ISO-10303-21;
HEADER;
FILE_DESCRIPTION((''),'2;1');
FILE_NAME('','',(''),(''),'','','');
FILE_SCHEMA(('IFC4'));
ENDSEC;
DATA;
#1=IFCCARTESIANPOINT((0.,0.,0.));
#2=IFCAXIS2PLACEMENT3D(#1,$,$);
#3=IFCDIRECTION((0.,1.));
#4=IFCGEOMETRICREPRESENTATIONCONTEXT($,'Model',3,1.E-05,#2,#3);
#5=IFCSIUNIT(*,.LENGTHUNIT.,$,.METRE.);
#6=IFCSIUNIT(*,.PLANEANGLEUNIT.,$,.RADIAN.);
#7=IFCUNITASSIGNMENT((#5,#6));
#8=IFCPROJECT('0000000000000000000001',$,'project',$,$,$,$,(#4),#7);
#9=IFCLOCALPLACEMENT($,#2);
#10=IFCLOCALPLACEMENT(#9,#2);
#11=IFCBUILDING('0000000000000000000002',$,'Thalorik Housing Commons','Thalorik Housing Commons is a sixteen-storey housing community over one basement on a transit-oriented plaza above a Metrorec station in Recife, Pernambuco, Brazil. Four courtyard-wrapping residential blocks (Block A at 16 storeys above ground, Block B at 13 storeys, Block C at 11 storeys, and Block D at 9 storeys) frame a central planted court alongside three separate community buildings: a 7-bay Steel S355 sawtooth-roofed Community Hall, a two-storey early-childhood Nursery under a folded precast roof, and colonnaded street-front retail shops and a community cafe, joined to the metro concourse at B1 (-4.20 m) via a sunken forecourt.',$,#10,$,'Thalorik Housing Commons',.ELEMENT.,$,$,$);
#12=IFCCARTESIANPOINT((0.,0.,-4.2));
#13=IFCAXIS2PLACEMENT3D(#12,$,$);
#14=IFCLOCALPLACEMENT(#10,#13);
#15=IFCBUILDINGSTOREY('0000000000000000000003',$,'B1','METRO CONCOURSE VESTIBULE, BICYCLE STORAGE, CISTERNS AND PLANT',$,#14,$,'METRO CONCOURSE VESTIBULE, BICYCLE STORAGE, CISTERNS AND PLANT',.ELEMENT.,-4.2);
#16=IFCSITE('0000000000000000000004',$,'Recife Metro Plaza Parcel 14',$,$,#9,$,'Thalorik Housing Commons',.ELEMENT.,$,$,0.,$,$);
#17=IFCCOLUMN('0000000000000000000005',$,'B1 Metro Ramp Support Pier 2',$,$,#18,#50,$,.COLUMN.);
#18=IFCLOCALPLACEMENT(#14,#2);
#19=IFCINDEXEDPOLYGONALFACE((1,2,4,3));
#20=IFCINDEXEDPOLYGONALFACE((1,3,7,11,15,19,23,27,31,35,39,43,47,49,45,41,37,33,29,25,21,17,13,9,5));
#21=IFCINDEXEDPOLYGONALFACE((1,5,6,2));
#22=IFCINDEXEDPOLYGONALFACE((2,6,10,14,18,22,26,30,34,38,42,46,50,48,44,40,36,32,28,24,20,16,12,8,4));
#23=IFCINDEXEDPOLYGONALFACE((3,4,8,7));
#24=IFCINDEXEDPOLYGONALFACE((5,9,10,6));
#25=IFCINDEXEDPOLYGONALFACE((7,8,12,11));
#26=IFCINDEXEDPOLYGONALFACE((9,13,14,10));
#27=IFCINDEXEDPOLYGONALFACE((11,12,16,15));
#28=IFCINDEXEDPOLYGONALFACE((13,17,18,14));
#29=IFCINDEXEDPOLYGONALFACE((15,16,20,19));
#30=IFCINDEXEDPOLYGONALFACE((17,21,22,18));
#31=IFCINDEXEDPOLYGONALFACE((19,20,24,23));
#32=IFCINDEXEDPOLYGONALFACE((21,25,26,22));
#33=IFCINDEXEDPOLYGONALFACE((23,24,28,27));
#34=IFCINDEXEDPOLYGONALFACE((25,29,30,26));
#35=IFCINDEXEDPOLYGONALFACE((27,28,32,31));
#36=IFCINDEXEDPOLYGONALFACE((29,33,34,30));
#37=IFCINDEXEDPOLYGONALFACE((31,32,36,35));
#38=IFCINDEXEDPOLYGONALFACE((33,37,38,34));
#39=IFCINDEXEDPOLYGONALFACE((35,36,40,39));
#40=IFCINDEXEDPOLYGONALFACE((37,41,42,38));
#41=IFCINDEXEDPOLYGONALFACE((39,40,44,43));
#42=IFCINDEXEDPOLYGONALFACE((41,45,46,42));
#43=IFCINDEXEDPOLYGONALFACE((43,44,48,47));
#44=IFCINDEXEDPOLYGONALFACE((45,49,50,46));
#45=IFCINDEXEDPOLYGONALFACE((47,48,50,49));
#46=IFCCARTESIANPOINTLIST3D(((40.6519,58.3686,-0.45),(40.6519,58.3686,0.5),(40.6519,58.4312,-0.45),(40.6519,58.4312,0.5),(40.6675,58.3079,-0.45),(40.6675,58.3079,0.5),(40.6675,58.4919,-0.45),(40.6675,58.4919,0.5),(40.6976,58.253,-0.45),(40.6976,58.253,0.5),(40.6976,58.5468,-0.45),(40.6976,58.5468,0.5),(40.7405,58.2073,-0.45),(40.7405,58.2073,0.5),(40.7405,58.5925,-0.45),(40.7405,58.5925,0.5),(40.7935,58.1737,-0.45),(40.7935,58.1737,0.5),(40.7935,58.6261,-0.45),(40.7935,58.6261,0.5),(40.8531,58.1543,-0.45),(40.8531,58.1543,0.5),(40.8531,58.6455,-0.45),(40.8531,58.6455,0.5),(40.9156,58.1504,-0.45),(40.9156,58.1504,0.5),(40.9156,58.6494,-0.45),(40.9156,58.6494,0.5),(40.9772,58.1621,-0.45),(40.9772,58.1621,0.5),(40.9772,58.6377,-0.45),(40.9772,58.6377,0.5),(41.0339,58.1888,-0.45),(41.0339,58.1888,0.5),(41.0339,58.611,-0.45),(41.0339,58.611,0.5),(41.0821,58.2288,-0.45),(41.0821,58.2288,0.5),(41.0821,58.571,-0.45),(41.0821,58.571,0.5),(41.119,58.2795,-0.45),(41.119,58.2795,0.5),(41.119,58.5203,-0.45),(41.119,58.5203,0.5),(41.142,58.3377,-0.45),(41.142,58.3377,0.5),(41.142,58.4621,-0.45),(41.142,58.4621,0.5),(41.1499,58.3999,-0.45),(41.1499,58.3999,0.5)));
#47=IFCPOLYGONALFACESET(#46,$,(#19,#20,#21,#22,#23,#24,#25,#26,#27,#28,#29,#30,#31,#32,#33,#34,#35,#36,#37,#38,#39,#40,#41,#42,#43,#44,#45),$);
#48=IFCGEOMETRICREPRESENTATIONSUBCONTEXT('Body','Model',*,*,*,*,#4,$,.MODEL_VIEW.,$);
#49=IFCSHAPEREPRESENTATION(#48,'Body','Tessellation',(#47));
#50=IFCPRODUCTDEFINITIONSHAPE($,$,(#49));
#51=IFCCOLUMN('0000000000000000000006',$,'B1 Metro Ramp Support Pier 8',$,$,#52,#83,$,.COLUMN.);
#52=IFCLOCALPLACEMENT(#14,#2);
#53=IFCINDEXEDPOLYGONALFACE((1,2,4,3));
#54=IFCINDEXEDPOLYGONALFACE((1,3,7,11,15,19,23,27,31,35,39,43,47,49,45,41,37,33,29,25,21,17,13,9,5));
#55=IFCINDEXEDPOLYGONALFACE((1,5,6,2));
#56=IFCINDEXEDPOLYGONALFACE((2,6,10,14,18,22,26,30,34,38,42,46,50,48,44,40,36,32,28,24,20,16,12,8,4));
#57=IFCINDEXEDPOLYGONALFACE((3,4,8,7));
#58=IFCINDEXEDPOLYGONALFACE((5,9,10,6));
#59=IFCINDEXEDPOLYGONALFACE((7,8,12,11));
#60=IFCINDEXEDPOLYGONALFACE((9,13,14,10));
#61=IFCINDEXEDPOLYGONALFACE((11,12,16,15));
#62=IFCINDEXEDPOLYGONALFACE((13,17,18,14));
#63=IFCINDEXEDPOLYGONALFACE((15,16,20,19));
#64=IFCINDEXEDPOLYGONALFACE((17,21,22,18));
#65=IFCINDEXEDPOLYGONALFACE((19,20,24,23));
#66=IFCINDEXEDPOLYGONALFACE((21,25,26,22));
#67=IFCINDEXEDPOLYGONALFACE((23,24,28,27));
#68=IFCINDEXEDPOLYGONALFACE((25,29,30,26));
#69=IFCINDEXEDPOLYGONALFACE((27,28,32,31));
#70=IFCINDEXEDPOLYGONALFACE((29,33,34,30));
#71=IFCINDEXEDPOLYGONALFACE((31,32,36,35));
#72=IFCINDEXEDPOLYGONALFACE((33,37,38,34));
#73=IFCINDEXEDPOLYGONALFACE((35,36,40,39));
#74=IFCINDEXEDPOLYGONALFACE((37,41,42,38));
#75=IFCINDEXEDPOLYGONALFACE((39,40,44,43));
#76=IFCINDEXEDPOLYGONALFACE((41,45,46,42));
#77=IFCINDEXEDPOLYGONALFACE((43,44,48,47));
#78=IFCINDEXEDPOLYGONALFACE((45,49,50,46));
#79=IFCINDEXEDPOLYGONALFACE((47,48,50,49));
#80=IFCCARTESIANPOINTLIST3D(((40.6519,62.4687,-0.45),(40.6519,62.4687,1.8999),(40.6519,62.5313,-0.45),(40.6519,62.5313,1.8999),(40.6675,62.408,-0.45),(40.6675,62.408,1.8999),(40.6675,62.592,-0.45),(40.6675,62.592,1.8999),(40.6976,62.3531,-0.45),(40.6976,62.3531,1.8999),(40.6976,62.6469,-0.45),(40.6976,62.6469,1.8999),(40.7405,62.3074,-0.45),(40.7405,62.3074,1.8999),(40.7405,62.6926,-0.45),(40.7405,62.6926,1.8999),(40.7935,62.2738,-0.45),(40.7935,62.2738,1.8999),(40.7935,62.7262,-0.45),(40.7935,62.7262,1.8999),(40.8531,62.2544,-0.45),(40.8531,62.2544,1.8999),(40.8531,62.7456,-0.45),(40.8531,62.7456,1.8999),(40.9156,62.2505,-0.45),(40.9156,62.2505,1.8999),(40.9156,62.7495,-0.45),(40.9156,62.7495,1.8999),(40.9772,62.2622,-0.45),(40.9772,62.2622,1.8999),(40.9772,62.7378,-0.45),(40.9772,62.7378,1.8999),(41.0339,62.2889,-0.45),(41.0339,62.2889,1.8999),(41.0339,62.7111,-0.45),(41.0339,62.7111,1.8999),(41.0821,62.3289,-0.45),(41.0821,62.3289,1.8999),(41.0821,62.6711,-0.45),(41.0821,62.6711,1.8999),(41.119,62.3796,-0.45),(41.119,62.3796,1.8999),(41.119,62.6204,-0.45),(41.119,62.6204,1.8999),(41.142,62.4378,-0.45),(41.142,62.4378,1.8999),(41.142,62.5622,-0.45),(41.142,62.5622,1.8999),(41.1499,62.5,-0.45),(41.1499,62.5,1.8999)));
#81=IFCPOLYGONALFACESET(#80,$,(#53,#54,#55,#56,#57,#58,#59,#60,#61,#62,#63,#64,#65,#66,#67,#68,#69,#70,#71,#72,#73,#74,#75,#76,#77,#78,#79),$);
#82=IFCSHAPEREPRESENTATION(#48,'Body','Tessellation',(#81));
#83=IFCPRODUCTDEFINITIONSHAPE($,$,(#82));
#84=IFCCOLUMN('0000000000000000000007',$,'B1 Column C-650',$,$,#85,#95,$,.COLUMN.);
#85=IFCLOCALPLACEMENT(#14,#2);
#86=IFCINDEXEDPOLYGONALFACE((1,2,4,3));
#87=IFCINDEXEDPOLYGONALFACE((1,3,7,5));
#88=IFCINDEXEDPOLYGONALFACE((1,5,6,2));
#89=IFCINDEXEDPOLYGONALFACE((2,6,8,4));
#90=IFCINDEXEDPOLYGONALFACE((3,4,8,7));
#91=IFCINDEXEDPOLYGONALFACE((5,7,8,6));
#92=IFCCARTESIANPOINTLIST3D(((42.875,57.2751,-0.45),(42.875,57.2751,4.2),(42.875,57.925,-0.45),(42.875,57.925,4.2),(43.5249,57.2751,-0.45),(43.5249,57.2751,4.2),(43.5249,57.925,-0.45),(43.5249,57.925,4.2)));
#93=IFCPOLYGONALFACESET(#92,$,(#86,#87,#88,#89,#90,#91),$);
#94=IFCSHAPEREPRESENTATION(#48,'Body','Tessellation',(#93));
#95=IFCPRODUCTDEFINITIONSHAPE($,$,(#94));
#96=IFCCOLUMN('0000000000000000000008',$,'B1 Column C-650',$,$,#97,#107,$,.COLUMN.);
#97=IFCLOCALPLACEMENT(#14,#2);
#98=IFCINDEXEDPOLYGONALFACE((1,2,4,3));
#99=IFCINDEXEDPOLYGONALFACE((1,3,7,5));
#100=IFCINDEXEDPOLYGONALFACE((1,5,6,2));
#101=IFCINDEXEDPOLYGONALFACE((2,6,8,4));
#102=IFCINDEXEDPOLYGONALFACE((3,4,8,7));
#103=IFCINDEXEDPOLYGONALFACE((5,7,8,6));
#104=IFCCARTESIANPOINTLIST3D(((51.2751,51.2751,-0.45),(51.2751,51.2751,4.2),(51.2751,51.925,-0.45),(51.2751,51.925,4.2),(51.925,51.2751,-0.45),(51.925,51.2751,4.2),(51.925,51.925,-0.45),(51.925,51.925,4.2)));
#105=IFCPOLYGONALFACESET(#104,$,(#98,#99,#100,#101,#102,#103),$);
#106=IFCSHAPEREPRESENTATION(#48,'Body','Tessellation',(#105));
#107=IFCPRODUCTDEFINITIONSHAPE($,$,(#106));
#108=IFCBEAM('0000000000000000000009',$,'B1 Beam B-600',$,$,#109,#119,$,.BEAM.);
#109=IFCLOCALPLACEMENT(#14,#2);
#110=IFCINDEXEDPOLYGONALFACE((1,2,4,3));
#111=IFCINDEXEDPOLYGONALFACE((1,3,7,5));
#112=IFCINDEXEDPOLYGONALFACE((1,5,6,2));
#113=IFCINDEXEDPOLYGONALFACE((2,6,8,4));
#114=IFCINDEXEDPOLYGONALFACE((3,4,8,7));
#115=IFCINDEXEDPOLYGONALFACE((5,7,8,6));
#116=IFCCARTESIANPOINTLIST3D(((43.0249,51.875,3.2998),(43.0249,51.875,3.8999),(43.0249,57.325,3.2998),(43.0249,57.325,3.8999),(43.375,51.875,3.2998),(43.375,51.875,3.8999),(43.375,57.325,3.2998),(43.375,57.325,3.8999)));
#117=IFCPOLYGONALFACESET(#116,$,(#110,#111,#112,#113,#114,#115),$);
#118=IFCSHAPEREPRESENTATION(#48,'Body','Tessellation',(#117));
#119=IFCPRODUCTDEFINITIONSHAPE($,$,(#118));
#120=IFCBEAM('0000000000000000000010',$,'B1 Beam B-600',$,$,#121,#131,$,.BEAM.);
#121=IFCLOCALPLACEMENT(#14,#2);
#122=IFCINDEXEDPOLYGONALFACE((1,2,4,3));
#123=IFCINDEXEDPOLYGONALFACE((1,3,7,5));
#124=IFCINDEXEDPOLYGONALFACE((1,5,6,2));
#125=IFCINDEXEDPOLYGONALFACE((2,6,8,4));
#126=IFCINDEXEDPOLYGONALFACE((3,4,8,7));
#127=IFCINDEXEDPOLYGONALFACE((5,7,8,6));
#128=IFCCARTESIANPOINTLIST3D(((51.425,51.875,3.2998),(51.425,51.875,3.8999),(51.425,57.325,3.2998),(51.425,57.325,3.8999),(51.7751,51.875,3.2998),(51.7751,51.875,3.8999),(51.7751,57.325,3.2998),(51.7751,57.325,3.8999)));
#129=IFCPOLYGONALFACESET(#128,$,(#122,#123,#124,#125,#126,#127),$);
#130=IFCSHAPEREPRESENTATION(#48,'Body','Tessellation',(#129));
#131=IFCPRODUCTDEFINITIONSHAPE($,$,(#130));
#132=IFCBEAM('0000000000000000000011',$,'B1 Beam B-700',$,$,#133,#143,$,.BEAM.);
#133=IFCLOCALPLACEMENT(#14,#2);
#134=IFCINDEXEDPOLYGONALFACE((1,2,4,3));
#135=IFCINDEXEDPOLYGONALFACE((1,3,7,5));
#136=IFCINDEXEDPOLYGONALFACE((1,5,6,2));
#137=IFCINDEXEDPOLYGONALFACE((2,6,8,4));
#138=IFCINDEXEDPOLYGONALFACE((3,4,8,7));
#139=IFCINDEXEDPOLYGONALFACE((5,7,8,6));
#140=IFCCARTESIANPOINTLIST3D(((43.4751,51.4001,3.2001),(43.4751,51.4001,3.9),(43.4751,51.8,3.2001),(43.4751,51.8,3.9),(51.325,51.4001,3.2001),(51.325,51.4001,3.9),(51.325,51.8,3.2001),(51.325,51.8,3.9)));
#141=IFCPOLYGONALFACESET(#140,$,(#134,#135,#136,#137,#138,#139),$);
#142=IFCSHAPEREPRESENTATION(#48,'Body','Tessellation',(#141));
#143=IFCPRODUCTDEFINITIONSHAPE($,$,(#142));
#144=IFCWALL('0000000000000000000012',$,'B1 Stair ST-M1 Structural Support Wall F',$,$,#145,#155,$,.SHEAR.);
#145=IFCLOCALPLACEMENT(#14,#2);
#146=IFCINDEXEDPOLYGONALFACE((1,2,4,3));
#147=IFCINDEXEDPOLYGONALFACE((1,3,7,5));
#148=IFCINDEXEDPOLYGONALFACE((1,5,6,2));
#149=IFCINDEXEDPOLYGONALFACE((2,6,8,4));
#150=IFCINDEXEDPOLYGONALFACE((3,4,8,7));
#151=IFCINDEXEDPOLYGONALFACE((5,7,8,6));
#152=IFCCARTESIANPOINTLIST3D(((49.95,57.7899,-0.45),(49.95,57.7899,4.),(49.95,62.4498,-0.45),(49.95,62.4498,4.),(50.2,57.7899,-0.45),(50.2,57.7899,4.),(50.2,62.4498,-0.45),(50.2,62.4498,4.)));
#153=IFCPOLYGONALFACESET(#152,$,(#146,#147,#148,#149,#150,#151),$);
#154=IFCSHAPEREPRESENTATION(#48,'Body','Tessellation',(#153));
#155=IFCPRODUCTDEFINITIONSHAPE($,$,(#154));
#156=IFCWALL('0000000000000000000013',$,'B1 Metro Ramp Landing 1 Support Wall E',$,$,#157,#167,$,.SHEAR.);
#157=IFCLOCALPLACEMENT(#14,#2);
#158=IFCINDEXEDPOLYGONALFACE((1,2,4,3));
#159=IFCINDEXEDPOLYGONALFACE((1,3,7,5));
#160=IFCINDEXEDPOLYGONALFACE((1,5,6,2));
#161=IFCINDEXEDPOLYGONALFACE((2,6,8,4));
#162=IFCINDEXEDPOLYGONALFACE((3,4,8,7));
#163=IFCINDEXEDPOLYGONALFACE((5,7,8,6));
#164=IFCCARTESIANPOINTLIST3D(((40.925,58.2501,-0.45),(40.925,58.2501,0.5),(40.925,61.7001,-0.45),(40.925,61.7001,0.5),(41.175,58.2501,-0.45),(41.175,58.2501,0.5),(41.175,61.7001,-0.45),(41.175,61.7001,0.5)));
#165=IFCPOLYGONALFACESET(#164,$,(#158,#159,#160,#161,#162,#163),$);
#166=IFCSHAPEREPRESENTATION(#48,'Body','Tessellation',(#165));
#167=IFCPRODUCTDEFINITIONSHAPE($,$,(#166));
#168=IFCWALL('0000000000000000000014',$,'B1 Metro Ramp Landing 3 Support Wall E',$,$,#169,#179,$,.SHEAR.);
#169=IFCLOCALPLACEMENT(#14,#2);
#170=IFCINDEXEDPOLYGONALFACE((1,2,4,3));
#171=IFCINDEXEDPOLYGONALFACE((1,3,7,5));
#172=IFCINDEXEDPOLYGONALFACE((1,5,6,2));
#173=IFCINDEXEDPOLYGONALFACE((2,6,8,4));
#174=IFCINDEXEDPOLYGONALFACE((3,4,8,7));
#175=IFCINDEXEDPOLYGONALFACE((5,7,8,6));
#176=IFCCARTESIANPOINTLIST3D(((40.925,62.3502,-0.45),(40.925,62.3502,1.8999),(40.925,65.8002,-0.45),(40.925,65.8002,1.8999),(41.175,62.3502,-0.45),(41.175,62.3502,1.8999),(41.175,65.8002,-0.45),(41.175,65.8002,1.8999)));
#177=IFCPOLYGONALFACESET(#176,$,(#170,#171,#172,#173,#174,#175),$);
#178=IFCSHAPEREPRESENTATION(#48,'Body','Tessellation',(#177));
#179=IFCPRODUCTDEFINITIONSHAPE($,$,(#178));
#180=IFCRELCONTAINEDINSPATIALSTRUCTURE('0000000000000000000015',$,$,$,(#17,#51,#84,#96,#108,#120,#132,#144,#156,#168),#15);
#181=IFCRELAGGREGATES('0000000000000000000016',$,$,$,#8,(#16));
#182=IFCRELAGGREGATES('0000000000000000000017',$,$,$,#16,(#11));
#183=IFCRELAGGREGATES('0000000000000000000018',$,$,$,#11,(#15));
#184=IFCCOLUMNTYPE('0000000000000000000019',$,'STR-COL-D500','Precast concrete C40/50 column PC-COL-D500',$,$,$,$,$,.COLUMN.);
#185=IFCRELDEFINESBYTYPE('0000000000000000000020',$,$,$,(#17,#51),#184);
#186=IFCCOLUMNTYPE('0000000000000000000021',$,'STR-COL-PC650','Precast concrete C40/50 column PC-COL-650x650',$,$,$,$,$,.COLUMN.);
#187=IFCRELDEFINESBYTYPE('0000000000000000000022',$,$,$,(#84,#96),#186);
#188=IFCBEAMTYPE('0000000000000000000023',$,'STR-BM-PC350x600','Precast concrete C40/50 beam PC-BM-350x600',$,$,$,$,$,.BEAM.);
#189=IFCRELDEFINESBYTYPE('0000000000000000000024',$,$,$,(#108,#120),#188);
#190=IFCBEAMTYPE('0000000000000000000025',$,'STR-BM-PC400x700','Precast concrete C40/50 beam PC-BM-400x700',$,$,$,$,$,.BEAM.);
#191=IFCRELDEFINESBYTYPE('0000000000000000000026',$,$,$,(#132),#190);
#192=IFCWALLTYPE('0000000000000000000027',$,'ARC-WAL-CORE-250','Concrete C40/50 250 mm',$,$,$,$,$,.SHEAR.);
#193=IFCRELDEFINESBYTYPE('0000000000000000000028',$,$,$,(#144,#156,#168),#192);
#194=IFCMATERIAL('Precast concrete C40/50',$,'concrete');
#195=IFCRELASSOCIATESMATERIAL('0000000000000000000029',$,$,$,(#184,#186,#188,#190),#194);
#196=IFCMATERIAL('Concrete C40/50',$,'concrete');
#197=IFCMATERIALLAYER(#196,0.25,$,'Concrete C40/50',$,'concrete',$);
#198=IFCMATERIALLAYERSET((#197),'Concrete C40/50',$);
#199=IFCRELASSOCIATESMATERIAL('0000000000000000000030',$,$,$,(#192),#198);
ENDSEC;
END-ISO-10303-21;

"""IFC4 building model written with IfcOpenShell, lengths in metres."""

from ifc_helpers import new_model, si_unit, direction, frame, frame_2d, origin, origin_2d, place, context, subcontext, project, spatial, rectangle, circle, extrude, material, layer, layer_set, material_profile, profile_set, type_object, element, save


model = new_model("IFC4")

# Units and contexts
model_context = context("Model", 3, precision=1e-05, world=origin(), true_north=direction((0.0, 1.0)))
body_context = subcontext(model_context, "Body", "Model", "MODEL_VIEW")
ifc_project = project(units=[si_unit("LENGTHUNIT", "METRE"), si_unit("PLANEANGLEUNIT", "RADIAN")], contexts=[model_context])

# Site, building, storey
site_placement = place(None, origin())
site = spatial("IfcSite", under=ifc_project, at=site_placement, Name="Recife Metro Plaza Parcel 14", LongName="Thalorik Housing Commons", CompositionType="ELEMENT", RefElevation=0.0)
building_placement = place(site_placement, origin())
building = spatial("IfcBuilding", under=site, at=building_placement, Name="Thalorik Housing Commons", Description="Thalorik Housing Commons is a sixteen-storey housing community over one basement on a transit-oriented plaza above a Metrorec station in Recife, Pernambuco, Brazil. Four courtyard-wrapping residential blocks (Block A at 16 storeys above ground, Block B at 13 storeys, Block C at 11 storeys, and Block D at 9 storeys) frame a central planted court alongside three separate community buildings: a 7-bay Steel S355 sawtooth-roofed Community Hall, a two-storey early-childhood Nursery under a folded precast roof, and colonnaded street-front retail shops and a community cafe, joined to the metro concourse at B1 (-4.20 m) via a sunken forecourt.", LongName="Thalorik Housing Commons", CompositionType="ELEMENT")
storey_placement = place(building_placement, frame((0.0, 0.0, -4.2)))
storey = spatial("IfcBuildingStorey", under=building, at=storey_placement, Name="B1", Description="METRO CONCOURSE VESTIBULE, BICYCLE STORAGE, CISTERNS AND PLANT", LongName="METRO CONCOURSE VESTIBULE, BICYCLE STORAGE, CISTERNS AND PLANT", CompositionType="ELEMENT", Elevation=-4.2)

# Shared definitions
ifc_material_1 = material(Name="Concrete C40/50", Category="concrete")

# Columns
ifc_material_2 = material(Name="Precast concrete C40/50", Category="concrete")
ifc_material_profile_1 = material_profile(ifc_material_2, circle(Radius=0.25, at=origin_2d()), Name="PC D500", Category="concrete")
ifc_profile_set_1 = profile_set([ifc_material_profile_1], Name="Precast concrete C40/50")
column_type_1 = type_object("IfcColumnType", Name="STR-COL-D500", Description="Precast concrete C40/50 column PC-COL-D500", PredefinedType="COLUMN", material=ifc_profile_set_1)
column_1_placement = place(storey_placement, frame((40.8999, 58.3999, -0.45), z_axis=(0.0, 0.0, 1.0), x_axis=(1.0, 0.0, 0.0)))
element("IfcColumn", 1, at=column_1_placement, inside=storey, type_object=column_type_1, Name="B1 Metro Ramp Support Pier 2", PredefinedType="COLUMN", context=body_context, shape_type="SweptSolid", body=[
    extrude(circle(Radius=0.25, at=origin_2d()), origin(), (0.0, 0.0, 1.0), 0.95),
])
column_2_placement = place(storey_placement, frame((40.8999, 62.5, -0.45), z_axis=(0.0, 0.0, 1.0), x_axis=(1.0, 0.0, 0.0)))
element("IfcColumn", 2, at=column_2_placement, inside=storey, type_object=column_type_1, Name="B1 Metro Ramp Support Pier 8", PredefinedType="COLUMN", context=body_context, shape_type="SweptSolid", body=[
    extrude(circle(Radius=0.25, at=origin_2d()), origin(), (0.0, 0.0, 1.0), 2.3499),
])
ifc_material_profile_2 = material_profile(ifc_material_2, rectangle(XDim=0.6499, YDim=0.6499, at=origin_2d()), Name="PC 650x650", Category="concrete")
ifc_profile_set_2 = profile_set([ifc_material_profile_2], Name="Precast concrete C40/50")
column_type_2 = type_object("IfcColumnType", Name="STR-COL-PC650", Description="Precast concrete C40/50 column PC-COL-650x650", PredefinedType="COLUMN", material=ifc_profile_set_2)
for number, where, z_axis, x_axis, name in (
    (3, (43.2, 57.6001, -0.45), (0.0, 0.0, 1.0), (1.0, 0.0, 0.0), "B1 Column C-650"),
    (4, (51.6001, 51.6001, -0.45), (0.0, 0.0, 1.0), (1.0, 0.0, 0.0), "B1 Column C-650"),
):
    element("IfcColumn", number, at=place(storey_placement, frame(where, z_axis=z_axis, x_axis=x_axis)), inside=storey, type_object=column_type_2, Name=name, PredefinedType="COLUMN", context=body_context, shape_type="SweptSolid", body=[
        extrude(rectangle(XDim=0.6499, YDim=0.6499, at=origin_2d()), origin(), (0.0, 0.0, 1.0), 4.6499),
    ])

# Beams
ifc_material_profile_3 = material_profile(ifc_material_2, rectangle(XDim=0.3501, YDim=0.6001, at=origin_2d()), Name="PC 350x600", Category="concrete")
ifc_profile_set_3 = profile_set([ifc_material_profile_3], Name="Precast concrete C40/50")
beam_type_1 = type_object("IfcBeamType", Name="STR-BM-PC350x600", Description="Precast concrete C40/50 beam PC-BM-350x600", PredefinedType="BEAM", material=ifc_profile_set_3)
for number, where, z_axis, x_axis, name in (
    (5, (43.2, 51.875, 3.5999), (0.0, 1.0, 0.0), (-1.0, 0.0, 0.0), "B1 Beam B-600"),
    (6, (51.6001, 51.875, 3.5999), (0.0, 1.0, 0.0), (-1.0, 0.0, 0.0), "B1 Beam B-600"),
):
    element("IfcBeam", number, at=place(storey_placement, frame(where, z_axis=z_axis, x_axis=x_axis)), inside=storey, type_object=beam_type_1, Name=name, PredefinedType="BEAM", context=body_context, shape_type="SweptSolid", body=[
        extrude(rectangle(XDim=0.3501, YDim=0.6001, at=origin_2d()), origin(), (0.0, 0.0, 1.0), 5.45),
    ])
ifc_material_profile_4 = material_profile(ifc_material_2, rectangle(XDim=0.3999, YDim=0.7, at=origin_2d()), Name="PC 400x700", Category="concrete")
ifc_profile_set_4 = profile_set([ifc_material_profile_4], Name="Precast concrete C40/50")
beam_type_2 = type_object("IfcBeamType", Name="STR-BM-PC400x700", Description="Precast concrete C40/50 beam PC-BM-400x700", PredefinedType="BEAM", material=ifc_profile_set_4)
beam_placement = place(storey_placement, frame((43.4751, 51.6001, 3.55), z_axis=(1.0, 0.0, 0.0), x_axis=(0.0, 1.0, 0.0)))
element("IfcBeam", 7, at=beam_placement, inside=storey, type_object=beam_type_2, Name="B1 Beam B-700", PredefinedType="BEAM", context=body_context, shape_type="SweptSolid", body=[
    extrude(rectangle(XDim=0.3999, YDim=0.7, at=origin_2d()), origin(), (0.0, 0.0, 1.0), 7.8499),
])

# Walls
ifc_layer = layer(ifc_material_1, 0.25, Name="Concrete C40/50", Category="concrete")
ifc_layer_set = layer_set([ifc_layer], Name="Concrete C40/50")
wall_type = type_object("IfcWallType", Name="ARC-WAL-CORE-250", Description="Concrete C40/50 250 mm", PredefinedType="SHEAR", material=ifc_layer_set)
wall_1_placement = place(storey_placement, frame((50.075, 62.45, -0.45), z_axis=(0.0, 0.0, 1.0), x_axis=(0.0, -1.0, 0.0)))
element("IfcWall", 8, at=wall_1_placement, inside=storey, type_object=wall_type, Name="B1 Stair ST-M1 Structural Support Wall F", PredefinedType="SHEAR", context=body_context, shape_type="SweptSolid", body=[
    extrude(rectangle(XDim=4.6599, YDim=0.25, at=frame_2d((2.3301, 0.0))), origin(), (0.0, 0.0, 1.0), 4.45),
])
wall_2_placement = place(storey_placement, frame((41.05, 58.25, -0.45), z_axis=(0.0, 0.0, 1.0), x_axis=(0.0, 1.0, 0.0)))
element("IfcWall", 9, at=wall_2_placement, inside=storey, type_object=wall_type, Name="B1 Metro Ramp Landing 1 Support Wall E", PredefinedType="SHEAR", context=body_context, shape_type="SweptSolid", body=[
    extrude(rectangle(XDim=3.45, YDim=0.25, at=frame_2d((1.7251, 0.0))), origin(), (0.0, 0.0, 1.0), 0.95),
])
wall_3_placement = place(storey_placement, frame((41.05, 62.3501, -0.45), z_axis=(0.0, 0.0, 1.0), x_axis=(0.0, 1.0, 0.0)))
element("IfcWall", 10, at=wall_3_placement, inside=storey, type_object=wall_type, Name="B1 Metro Ramp Landing 3 Support Wall E", PredefinedType="SHEAR", context=body_context, shape_type="SweptSolid", body=[
    extrude(rectangle(XDim=3.45, YDim=0.25, at=frame_2d((1.7251, 0.0))), origin(), (0.0, 0.0, 1.0), 2.3499),
])

save(model, "model.ifc")
